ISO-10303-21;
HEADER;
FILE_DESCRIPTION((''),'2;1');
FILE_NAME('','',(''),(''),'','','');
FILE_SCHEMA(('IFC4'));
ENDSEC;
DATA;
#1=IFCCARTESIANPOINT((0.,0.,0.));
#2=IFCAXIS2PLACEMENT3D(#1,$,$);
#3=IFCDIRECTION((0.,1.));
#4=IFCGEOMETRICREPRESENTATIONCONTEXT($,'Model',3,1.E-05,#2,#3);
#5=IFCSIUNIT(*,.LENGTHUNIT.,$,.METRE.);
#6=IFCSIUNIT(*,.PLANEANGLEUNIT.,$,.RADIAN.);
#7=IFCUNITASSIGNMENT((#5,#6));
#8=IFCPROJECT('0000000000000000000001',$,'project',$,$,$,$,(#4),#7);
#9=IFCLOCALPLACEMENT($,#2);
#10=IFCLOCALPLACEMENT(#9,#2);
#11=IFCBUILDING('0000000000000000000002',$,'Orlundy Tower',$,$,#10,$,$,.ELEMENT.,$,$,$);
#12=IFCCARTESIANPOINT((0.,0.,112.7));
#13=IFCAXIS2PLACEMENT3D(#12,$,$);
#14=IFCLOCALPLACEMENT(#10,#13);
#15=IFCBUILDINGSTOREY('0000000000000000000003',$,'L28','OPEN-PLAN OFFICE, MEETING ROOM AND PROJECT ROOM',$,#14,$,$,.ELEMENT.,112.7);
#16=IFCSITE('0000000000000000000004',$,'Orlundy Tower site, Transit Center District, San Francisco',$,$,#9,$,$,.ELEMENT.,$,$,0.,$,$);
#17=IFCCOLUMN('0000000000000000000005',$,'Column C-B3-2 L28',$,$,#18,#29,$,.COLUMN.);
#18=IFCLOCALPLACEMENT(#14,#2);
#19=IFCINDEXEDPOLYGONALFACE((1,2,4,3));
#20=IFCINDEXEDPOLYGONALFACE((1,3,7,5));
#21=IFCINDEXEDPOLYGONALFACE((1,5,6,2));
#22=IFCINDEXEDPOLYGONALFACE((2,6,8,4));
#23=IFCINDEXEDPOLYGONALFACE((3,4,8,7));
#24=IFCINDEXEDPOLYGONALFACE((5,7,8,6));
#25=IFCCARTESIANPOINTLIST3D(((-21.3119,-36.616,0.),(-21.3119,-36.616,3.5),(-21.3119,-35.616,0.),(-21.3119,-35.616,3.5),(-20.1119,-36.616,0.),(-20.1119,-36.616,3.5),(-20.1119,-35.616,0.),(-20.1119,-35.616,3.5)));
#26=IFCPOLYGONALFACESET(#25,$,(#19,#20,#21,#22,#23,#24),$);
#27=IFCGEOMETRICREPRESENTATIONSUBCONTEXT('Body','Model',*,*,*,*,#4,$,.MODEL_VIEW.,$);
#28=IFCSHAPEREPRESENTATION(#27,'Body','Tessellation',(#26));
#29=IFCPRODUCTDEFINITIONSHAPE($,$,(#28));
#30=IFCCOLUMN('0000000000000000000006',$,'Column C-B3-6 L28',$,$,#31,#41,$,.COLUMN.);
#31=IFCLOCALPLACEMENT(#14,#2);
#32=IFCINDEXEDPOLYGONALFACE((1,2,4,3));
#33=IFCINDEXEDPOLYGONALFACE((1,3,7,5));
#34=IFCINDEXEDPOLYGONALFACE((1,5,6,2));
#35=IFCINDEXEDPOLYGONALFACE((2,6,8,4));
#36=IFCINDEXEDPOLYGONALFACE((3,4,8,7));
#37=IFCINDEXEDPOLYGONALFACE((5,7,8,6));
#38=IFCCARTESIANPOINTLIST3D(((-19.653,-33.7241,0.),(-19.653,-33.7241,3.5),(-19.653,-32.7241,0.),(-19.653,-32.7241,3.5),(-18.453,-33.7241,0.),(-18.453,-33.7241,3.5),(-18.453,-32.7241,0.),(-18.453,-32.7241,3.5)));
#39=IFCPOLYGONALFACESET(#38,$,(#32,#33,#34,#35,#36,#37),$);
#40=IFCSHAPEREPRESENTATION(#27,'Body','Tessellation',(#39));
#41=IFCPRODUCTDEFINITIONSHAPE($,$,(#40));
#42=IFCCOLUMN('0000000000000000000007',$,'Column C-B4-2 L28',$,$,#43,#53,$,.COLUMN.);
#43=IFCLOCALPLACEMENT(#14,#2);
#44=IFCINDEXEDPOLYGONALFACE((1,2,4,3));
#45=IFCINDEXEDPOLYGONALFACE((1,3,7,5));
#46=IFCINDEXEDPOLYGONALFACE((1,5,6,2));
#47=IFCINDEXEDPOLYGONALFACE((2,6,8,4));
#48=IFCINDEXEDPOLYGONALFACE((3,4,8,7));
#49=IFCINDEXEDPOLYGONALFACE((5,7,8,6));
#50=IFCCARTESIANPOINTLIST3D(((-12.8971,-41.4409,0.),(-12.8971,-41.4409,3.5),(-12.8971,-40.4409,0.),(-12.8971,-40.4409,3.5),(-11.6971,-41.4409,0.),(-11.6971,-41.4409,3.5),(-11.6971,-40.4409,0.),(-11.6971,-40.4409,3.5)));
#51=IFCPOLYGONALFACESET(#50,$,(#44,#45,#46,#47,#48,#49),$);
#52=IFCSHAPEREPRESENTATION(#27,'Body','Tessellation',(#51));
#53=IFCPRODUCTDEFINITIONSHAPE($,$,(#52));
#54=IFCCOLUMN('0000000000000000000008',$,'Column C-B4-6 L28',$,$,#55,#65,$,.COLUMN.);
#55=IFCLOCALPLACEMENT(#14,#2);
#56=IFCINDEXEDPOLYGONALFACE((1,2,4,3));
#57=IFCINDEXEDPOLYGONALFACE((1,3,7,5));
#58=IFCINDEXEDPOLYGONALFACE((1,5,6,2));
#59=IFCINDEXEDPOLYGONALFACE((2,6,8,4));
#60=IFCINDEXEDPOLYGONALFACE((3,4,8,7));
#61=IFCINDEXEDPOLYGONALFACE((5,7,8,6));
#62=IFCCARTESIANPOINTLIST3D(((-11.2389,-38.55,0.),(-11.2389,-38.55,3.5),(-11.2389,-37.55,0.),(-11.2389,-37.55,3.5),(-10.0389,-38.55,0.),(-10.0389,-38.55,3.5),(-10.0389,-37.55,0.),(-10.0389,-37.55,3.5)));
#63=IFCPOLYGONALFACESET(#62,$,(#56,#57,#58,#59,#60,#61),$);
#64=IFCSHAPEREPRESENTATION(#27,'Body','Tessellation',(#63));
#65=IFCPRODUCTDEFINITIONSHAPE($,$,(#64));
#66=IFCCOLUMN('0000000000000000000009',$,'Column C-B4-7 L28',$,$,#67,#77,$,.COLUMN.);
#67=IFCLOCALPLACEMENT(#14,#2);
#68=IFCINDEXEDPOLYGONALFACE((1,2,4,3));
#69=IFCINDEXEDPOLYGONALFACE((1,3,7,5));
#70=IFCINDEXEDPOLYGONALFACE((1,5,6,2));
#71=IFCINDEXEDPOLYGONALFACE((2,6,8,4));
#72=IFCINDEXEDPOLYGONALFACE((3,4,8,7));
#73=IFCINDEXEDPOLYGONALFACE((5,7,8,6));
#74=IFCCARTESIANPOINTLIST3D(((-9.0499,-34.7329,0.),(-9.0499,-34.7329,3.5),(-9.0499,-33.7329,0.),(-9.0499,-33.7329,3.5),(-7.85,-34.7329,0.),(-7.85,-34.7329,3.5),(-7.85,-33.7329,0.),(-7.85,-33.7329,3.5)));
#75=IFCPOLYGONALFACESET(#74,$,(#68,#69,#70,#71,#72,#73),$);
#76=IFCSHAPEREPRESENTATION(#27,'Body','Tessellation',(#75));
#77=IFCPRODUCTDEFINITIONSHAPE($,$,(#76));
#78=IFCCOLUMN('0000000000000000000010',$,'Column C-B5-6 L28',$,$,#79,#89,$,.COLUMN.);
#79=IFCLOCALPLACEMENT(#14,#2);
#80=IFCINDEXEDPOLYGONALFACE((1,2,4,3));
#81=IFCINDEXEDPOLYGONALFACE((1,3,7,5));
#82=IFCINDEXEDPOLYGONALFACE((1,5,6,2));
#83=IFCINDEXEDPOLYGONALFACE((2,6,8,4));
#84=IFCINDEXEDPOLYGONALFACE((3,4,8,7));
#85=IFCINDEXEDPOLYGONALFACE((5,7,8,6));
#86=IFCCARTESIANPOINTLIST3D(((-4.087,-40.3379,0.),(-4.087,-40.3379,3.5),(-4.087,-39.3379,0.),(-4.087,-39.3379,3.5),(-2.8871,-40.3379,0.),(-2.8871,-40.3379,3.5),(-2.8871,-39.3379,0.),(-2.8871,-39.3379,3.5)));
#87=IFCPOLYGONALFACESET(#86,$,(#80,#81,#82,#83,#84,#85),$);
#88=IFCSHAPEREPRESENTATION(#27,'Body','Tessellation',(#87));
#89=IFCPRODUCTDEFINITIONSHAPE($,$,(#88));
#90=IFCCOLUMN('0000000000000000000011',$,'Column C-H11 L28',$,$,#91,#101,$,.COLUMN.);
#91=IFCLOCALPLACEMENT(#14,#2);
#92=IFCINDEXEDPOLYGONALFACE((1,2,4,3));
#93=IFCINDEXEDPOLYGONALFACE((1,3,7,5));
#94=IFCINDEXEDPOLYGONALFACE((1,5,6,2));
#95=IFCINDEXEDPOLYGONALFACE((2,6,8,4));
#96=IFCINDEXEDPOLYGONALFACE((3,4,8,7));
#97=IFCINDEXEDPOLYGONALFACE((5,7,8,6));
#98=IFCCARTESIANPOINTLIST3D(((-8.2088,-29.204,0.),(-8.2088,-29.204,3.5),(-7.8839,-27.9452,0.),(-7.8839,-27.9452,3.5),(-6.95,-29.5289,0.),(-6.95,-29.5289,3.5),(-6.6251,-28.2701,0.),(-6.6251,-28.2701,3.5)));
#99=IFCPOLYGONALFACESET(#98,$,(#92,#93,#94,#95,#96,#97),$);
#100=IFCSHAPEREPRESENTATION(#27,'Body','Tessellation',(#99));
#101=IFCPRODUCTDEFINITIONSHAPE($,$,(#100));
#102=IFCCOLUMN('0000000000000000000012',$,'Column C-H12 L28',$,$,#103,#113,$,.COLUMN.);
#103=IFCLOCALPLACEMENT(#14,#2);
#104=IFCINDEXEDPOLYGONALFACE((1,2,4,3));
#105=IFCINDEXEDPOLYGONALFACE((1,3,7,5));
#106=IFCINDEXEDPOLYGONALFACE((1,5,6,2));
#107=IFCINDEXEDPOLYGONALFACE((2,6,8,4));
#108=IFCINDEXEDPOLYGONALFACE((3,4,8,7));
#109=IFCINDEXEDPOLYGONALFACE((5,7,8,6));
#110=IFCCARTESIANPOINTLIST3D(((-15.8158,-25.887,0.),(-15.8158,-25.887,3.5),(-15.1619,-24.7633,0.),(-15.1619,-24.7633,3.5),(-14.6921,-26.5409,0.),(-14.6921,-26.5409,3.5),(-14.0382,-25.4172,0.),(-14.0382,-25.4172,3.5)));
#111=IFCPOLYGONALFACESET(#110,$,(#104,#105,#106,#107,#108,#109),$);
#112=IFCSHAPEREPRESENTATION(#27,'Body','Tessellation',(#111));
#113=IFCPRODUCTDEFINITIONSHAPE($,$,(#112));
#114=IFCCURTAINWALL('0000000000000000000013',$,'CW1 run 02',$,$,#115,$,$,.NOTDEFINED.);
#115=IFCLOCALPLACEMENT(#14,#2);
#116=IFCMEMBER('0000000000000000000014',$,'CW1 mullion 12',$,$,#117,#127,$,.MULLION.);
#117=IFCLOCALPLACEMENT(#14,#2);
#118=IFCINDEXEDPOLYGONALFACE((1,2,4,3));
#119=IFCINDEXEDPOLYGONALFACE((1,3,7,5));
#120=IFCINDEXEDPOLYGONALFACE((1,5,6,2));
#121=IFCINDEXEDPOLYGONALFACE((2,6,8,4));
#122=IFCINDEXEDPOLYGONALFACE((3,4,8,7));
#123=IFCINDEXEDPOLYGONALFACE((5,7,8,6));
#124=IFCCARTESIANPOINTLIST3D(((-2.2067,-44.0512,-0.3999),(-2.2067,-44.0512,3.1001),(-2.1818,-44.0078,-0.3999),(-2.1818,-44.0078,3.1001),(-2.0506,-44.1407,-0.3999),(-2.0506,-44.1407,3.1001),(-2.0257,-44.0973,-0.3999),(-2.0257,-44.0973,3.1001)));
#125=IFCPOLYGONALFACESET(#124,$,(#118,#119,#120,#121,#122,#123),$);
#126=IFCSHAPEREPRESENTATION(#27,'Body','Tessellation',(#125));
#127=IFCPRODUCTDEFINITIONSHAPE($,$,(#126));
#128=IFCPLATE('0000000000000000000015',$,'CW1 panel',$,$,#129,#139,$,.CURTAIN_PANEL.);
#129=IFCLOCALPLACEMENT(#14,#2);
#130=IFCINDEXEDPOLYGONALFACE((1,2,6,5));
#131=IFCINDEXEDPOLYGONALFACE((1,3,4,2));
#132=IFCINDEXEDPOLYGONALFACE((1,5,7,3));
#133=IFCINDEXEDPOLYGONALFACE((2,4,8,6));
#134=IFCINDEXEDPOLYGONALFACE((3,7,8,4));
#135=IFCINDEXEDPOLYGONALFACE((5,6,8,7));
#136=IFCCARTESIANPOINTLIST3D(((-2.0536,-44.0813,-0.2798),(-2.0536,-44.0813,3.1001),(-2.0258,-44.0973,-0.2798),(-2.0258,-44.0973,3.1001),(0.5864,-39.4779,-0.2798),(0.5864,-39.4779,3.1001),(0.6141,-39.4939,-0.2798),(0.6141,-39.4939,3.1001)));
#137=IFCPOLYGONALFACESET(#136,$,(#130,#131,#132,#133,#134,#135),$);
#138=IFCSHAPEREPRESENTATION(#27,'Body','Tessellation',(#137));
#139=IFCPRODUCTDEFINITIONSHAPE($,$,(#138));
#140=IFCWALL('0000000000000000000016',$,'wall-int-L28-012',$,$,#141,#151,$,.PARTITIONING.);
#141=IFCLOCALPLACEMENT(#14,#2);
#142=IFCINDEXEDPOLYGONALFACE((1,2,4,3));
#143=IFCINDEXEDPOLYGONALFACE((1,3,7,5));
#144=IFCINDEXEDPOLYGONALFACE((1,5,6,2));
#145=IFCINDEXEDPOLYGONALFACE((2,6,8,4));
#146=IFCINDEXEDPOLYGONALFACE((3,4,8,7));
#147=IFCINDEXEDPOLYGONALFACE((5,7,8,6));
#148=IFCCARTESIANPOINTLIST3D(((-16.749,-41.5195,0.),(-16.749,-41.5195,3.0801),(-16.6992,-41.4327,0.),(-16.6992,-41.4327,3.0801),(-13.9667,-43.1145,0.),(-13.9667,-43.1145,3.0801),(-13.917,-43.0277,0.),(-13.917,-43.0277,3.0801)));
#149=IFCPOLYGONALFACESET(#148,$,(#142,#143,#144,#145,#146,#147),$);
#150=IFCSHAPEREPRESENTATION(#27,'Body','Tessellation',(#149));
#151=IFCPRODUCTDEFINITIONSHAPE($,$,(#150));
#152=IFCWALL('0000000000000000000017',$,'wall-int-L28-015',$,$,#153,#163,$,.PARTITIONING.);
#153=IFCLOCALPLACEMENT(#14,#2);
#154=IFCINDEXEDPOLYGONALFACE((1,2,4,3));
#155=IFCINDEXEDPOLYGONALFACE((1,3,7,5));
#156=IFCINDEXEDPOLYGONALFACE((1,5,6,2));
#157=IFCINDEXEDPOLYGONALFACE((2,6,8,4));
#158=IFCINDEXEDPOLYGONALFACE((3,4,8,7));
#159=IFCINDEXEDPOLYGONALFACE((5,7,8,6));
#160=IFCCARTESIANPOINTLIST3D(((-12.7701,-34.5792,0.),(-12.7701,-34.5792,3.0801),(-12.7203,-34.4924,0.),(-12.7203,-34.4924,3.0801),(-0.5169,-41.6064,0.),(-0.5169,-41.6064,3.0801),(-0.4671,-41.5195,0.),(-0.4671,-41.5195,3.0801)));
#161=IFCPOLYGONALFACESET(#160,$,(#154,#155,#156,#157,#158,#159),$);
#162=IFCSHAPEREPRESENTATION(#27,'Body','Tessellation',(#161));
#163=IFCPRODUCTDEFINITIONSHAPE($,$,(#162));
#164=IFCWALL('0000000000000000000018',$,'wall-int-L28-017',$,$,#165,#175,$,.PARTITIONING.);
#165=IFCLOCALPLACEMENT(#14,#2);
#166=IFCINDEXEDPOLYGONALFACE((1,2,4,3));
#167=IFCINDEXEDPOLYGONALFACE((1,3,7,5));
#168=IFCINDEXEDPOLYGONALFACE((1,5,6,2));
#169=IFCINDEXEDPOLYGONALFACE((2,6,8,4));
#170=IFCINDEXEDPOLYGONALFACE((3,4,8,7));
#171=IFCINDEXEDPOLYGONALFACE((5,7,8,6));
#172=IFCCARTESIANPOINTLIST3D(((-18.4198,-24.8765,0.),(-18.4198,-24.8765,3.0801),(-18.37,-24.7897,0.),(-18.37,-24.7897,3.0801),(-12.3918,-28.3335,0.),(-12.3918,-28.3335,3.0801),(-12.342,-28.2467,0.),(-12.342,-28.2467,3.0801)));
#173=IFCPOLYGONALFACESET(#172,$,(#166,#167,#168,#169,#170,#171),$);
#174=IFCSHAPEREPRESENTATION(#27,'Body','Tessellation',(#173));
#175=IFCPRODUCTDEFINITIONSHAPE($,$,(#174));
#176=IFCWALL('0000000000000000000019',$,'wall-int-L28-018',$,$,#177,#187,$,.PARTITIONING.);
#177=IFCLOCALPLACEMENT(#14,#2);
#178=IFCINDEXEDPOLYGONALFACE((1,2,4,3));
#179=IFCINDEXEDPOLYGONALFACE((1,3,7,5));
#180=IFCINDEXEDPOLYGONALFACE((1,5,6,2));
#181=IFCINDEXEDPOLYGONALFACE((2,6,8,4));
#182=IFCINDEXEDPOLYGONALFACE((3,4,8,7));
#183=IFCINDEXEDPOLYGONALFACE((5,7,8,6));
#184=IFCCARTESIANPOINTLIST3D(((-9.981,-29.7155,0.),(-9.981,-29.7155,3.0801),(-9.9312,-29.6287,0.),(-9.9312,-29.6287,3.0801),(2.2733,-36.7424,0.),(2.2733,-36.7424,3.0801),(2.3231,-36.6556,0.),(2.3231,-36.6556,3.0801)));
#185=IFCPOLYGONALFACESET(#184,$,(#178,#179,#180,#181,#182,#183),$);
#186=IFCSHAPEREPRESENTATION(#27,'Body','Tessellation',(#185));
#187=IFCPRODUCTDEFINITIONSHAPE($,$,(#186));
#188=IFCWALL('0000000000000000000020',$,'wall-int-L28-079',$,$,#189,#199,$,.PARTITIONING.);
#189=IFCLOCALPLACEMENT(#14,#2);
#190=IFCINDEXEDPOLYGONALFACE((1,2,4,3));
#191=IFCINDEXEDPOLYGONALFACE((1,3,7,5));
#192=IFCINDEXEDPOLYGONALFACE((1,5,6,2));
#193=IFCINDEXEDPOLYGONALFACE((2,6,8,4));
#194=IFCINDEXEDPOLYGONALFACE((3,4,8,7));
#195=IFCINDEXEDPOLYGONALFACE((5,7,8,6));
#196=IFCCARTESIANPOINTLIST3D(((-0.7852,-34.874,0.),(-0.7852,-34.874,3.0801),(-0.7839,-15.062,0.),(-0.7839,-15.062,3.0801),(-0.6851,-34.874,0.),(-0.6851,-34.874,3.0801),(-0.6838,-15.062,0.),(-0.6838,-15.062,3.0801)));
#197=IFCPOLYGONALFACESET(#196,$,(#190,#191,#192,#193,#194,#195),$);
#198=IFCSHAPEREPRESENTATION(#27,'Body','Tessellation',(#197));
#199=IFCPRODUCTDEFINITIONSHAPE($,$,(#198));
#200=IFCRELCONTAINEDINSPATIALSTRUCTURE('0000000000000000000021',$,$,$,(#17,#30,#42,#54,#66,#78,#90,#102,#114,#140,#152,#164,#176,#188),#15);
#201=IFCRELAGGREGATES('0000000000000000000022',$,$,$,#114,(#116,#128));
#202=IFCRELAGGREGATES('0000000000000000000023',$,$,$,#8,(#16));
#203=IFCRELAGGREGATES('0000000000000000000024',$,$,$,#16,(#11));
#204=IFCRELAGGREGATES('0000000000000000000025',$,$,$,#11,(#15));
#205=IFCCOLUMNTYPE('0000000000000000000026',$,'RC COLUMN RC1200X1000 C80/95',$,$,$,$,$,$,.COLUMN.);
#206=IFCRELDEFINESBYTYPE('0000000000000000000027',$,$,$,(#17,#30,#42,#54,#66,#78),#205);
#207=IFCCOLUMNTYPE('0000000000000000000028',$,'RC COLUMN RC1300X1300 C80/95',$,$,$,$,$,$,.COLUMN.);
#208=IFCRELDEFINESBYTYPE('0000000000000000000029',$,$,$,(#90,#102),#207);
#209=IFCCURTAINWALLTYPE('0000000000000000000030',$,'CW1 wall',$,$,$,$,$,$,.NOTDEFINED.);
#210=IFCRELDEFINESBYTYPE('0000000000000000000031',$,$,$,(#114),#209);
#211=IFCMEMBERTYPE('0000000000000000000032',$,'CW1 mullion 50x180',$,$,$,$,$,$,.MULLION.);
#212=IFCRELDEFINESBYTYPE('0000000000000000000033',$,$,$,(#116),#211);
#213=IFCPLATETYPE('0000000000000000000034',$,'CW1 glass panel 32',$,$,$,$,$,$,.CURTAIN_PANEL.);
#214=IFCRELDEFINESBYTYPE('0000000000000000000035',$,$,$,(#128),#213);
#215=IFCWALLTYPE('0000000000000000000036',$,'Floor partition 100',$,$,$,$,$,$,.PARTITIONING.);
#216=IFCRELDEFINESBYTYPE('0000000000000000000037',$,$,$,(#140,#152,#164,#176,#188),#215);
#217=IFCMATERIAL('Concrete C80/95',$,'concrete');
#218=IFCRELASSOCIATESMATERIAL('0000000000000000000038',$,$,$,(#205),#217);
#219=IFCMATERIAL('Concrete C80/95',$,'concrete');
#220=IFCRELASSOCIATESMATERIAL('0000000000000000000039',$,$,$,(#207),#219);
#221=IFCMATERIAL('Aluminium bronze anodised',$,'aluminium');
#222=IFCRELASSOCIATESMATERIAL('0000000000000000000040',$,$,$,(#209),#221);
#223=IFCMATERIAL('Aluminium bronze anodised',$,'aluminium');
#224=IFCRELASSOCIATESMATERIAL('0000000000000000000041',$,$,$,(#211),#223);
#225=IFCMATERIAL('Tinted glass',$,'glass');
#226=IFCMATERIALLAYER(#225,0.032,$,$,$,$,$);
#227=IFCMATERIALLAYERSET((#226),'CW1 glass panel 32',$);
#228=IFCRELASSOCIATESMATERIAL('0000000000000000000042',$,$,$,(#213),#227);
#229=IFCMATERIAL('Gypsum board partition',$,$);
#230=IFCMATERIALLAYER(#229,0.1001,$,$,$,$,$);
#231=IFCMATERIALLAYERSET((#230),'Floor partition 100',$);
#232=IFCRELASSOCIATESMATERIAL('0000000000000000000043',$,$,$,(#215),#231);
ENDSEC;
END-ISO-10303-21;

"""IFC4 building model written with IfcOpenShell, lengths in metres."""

from ifc_helpers import new_model, si_unit, direction, frame, frame_2d, origin, origin_2d, place, context, subcontext, project, spatial, rectangle, extrude, material, layer, layer_set, material_profile, profile_set, type_object, element, aggregate, save


model = new_model("IFC4")

# Units and contexts
model_context = context("Model", 3, precision=1e-05, world=origin(), true_north=direction((0.0, 1.0)))
body_context = subcontext(model_context, "Body", "Model", "MODEL_VIEW")
ifc_project = project(units=[si_unit("LENGTHUNIT", "METRE"), si_unit("PLANEANGLEUNIT", "RADIAN")], contexts=[model_context])

# Site, building, storey
site_placement = place(None, origin())
site = spatial("IfcSite", under=ifc_project, at=site_placement, Name="Orlundy Tower site, Transit Center District, San Francisco", CompositionType="ELEMENT", RefElevation=0.0)
building_placement = place(site_placement, origin())
building = spatial("IfcBuilding", under=site, at=building_placement, Name="Orlundy Tower", CompositionType="ELEMENT")
storey_placement = place(building_placement, frame((0.0, 0.0, 112.7)))
storey = spatial("IfcBuildingStorey", under=building, at=storey_placement, Name="L28", Description="OPEN-PLAN OFFICE, MEETING ROOM AND PROJECT ROOM", CompositionType="ELEMENT", Elevation=112.7)

# Columns
ifc_material_1 = material(Name="Concrete C80/95", Category="concrete")
ifc_material_profile_1 = material_profile(ifc_material_1, rectangle(XDim=1.2, YDim=1.0, at=origin_2d()), Name="RC1200X1000")
ifc_profile_set_1 = profile_set([ifc_material_profile_1], Name="Concrete C80/95")
column_type_1 = type_object("IfcColumnType", Name="RC COLUMN RC1200X1000 C80/95", PredefinedType="COLUMN", material=ifc_profile_set_1)
for number, where, z_axis, x_axis, name in (
    (1, (-20.7119, -36.116, 0.0), (0.0, 0.0, 1.0), (1.0, 0.0, 0.0), "Column C-B3-2 L28"),
    (2, (-19.053, -33.2241, 0.0), (0.0, 0.0, 1.0), (1.0, 0.0, 0.0), "Column C-B3-6 L28"),
    (3, (-12.2971, -40.9409, 0.0), (0.0, 0.0, 1.0), (1.0, 0.0, 0.0), "Column C-B4-2 L28"),
    (4, (-10.6389, -38.05, 0.0), (0.0, 0.0, 1.0), (1.0, 0.0, 0.0), "Column C-B4-6 L28"),
    (5, (-8.45, -34.2329, 0.0), (0.0, 0.0, 1.0), (1.0, 0.0, 0.0), "Column C-B4-7 L28"),
    (6, (-3.4871, -39.8379, 0.0), (0.0, 0.0, 1.0), (1.0, 0.0, 0.0), "Column C-B5-6 L28"),
):
    element("IfcColumn", number, at=place(storey_placement, frame(where, z_axis=z_axis, x_axis=x_axis)), inside=storey, type_object=column_type_1, Name=name, PredefinedType="COLUMN", context=body_context, shape_type="SweptSolid", body=[
        extrude(rectangle(XDim=1.2, YDim=1.0, at=origin_2d()), origin(), (0.0, 0.0, 1.0), 3.5),
    ])
ifc_material_2 = material(Name="Concrete C80/95", Category="concrete")
ifc_material_profile_2 = material_profile(ifc_material_2, rectangle(XDim=1.3, YDim=1.3, at=origin_2d()), Name="RC1300X1300")
ifc_profile_set_2 = profile_set([ifc_material_profile_2], Name="Concrete C80/95")
column_type_2 = type_object("IfcColumnType", Name="RC COLUMN RC1300X1300 C80/95", PredefinedType="COLUMN", material=ifc_profile_set_2)
for number, where, z_axis, x_axis, name in (
    (7, (-7.417, -28.7371, 0.0), (0.0, 0.0, 1.0), (-0.249907, -0.96827, 0.0), "Column C-H11 L28"),
    (8, (-14.927, -25.6521, 0.0), (0.0, 0.0, 1.0), (-0.502945, -0.864319, 0.0), "Column C-H12 L28"),
):
    element("IfcColumn", number, at=place(storey_placement, frame(where, z_axis=z_axis, x_axis=x_axis)), inside=storey, type_object=column_type_2, Name=name, PredefinedType="COLUMN", context=body_context, shape_type="SweptSolid", body=[
        extrude(rectangle(XDim=1.3, YDim=1.3, at=origin_2d()), origin(), (0.0, 0.0, 1.0), 3.5),
    ])

# Curtain wall, member, plate
ifc_material_3 = material(Name="Aluminium bronze anodised", Category="aluminium")
curtain_wall_type = type_object("IfcCurtainWallType", Name="CW1 wall", PredefinedType="NOTDEFINED", material=ifc_material_3)
curtain_wall_placement = place(storey_placement, origin())
curtain_wall = element("IfcCurtainWall", 9, at=curtain_wall_placement, inside=storey, type_object=curtain_wall_type, Name="CW1 run 02", PredefinedType="NOTDEFINED")
ifc_material_4 = material(Name="Aluminium bronze anodised", Category="aluminium")
ifc_material_profile_3 = material_profile(ifc_material_4, rectangle(XDim=0.1799, YDim=0.05, at=origin_2d()), Name="CW1 mullion 50x180")
ifc_profile_set_3 = profile_set([ifc_material_profile_3], Name="Aluminium bronze anodised")
member_type = type_object("IfcMemberType", Name="CW1 mullion 50x180", PredefinedType="MULLION", material=ifc_profile_set_3)
member_placement = place(storey_placement, frame((-2.1162, -44.0742, -0.3999), z_axis=(0.0, 0.0, 1.0), x_axis=(0.867479, -0.497473, 0.0)))
member = element("IfcMember", 10, at=member_placement, type_object=member_type, Name="CW1 mullion 12", PredefinedType="MULLION", context=body_context, shape_type="SweptSolid", body=[
    extrude(rectangle(XDim=0.1799, YDim=0.05, at=origin_2d()), origin(), (0.0, 0.0, 1.0), 3.5),
])
ifc_material_5 = material(Name="Tinted glass", Category="glass")
ifc_layer_1 = layer(ifc_material_5, 0.032)
ifc_layer_set_1 = layer_set([ifc_layer_1], Name="CW1 glass panel 32")
plate_type = type_object("IfcPlateType", Name="CW1 glass panel 32", PredefinedType="CURTAIN_PANEL", material=ifc_layer_set_1)
plate_placement = place(storey_placement, frame((-0.7197, -41.7876, -0.2798), z_axis=(0.0, 0.0, 1.0), x_axis=(-0.497473, -0.867479, 0.0)))
plate = element("IfcPlate", 11, at=plate_placement, type_object=plate_type, Name="CW1 panel", PredefinedType="CURTAIN_PANEL", context=body_context, shape_type="SweptSolid", body=[
    extrude(rectangle(XDim=5.3066, YDim=0.032, at=origin_2d()), origin(), (0.0, 0.0, 1.0), 3.3799),
])
aggregate(curtain_wall, [member, plate])

# Walls
ifc_material_6 = material(Name="Gypsum board partition")
ifc_layer_2 = layer(ifc_material_6, 0.1001)
ifc_layer_set_2 = layer_set([ifc_layer_2], Name="Floor partition 100")
wall_type_1 = type_object("IfcWallType", Name="Floor partition 100", PredefinedType="PARTITIONING", material=ifc_layer_set_2)
wall_1_placement = place(storey_placement, frame((-16.7241, -41.4761, 0.0), z_axis=(0.0, 0.0, 1.0), x_axis=(0.867554, -0.497344, 0.0)))
element("IfcWall", 12, at=wall_1_placement, inside=storey, type_object=wall_type_1, Name="wall-int-L28-012", PredefinedType="PARTITIONING", context=body_context, shape_type="SweptSolid", body=[
    extrude(rectangle(XDim=3.207, YDim=0.1001, at=frame_2d((1.6035, 0.0))), origin(), (0.0, 0.0, 1.0), 3.0801),
])
wall_2_placement = place(storey_placement, frame((-12.7451, -34.5359, 0.0), z_axis=(0.0, 0.0, 1.0), x_axis=(0.867471, -0.497488, 0.0)))
element("IfcWall", 13, at=wall_2_placement, inside=storey, type_object=wall_type_1, Name="wall-int-L28-015", PredefinedType="PARTITIONING", context=body_context, shape_type="SweptSolid", body=[
    extrude(rectangle(XDim=14.1252, YDim=0.1001, at=frame_2d((7.0625, 0.0))), origin(), (0.0, 0.0, 1.0), 3.0801),
])
wall_3_placement = place(storey_placement, frame((-18.395, -24.833, 0.0), z_axis=(0.0, 0.0, 1.0), x_axis=(0.867472, -0.497485, 0.0)))
element("IfcWall", 14, at=wall_3_placement, inside=storey, type_object=wall_type_1, Name="wall-int-L28-017", PredefinedType="PARTITIONING", context=body_context, shape_type="SweptSolid", body=[
    extrude(rectangle(XDim=6.949, YDim=0.1001, at=frame_2d((3.4746, 0.0))), origin(), (0.0, 0.0, 1.0), 3.0801),
])
wall_4_placement = place(storey_placement, frame((-9.9561, -29.6721, 0.0), z_axis=(0.0, 0.0, 1.0), x_axis=(0.867496, -0.497445, 0.0)))
element("IfcWall", 15, at=wall_4_placement, inside=storey, type_object=wall_type_1, Name="wall-int-L28-018", PredefinedType="PARTITIONING", context=body_context, shape_type="SweptSolid", body=[
    extrude(rectangle(XDim=14.126, YDim=0.1001, at=frame_2d((7.063, 0.0))), origin(), (0.0, 0.0, 1.0), 3.0801),
])
wall_5_placement = place(storey_placement, frame((-0.7351, -34.874, 0.0), z_axis=(0.0, 0.0, 1.0), x_axis=(0.000062, 1.0, 0.0)))
element("IfcWall", 16, at=wall_5_placement, inside=storey, type_object=wall_type_1, Name="wall-int-L28-079", PredefinedType="PARTITIONING", context=body_context, shape_type="SweptSolid", body=[
    extrude(rectangle(XDim=19.812, YDim=0.1001, at=frame_2d((9.906, 0.0))), origin(), (0.0, 0.0, 1.0), 3.0801),
])

save(model, "model.ifc")
